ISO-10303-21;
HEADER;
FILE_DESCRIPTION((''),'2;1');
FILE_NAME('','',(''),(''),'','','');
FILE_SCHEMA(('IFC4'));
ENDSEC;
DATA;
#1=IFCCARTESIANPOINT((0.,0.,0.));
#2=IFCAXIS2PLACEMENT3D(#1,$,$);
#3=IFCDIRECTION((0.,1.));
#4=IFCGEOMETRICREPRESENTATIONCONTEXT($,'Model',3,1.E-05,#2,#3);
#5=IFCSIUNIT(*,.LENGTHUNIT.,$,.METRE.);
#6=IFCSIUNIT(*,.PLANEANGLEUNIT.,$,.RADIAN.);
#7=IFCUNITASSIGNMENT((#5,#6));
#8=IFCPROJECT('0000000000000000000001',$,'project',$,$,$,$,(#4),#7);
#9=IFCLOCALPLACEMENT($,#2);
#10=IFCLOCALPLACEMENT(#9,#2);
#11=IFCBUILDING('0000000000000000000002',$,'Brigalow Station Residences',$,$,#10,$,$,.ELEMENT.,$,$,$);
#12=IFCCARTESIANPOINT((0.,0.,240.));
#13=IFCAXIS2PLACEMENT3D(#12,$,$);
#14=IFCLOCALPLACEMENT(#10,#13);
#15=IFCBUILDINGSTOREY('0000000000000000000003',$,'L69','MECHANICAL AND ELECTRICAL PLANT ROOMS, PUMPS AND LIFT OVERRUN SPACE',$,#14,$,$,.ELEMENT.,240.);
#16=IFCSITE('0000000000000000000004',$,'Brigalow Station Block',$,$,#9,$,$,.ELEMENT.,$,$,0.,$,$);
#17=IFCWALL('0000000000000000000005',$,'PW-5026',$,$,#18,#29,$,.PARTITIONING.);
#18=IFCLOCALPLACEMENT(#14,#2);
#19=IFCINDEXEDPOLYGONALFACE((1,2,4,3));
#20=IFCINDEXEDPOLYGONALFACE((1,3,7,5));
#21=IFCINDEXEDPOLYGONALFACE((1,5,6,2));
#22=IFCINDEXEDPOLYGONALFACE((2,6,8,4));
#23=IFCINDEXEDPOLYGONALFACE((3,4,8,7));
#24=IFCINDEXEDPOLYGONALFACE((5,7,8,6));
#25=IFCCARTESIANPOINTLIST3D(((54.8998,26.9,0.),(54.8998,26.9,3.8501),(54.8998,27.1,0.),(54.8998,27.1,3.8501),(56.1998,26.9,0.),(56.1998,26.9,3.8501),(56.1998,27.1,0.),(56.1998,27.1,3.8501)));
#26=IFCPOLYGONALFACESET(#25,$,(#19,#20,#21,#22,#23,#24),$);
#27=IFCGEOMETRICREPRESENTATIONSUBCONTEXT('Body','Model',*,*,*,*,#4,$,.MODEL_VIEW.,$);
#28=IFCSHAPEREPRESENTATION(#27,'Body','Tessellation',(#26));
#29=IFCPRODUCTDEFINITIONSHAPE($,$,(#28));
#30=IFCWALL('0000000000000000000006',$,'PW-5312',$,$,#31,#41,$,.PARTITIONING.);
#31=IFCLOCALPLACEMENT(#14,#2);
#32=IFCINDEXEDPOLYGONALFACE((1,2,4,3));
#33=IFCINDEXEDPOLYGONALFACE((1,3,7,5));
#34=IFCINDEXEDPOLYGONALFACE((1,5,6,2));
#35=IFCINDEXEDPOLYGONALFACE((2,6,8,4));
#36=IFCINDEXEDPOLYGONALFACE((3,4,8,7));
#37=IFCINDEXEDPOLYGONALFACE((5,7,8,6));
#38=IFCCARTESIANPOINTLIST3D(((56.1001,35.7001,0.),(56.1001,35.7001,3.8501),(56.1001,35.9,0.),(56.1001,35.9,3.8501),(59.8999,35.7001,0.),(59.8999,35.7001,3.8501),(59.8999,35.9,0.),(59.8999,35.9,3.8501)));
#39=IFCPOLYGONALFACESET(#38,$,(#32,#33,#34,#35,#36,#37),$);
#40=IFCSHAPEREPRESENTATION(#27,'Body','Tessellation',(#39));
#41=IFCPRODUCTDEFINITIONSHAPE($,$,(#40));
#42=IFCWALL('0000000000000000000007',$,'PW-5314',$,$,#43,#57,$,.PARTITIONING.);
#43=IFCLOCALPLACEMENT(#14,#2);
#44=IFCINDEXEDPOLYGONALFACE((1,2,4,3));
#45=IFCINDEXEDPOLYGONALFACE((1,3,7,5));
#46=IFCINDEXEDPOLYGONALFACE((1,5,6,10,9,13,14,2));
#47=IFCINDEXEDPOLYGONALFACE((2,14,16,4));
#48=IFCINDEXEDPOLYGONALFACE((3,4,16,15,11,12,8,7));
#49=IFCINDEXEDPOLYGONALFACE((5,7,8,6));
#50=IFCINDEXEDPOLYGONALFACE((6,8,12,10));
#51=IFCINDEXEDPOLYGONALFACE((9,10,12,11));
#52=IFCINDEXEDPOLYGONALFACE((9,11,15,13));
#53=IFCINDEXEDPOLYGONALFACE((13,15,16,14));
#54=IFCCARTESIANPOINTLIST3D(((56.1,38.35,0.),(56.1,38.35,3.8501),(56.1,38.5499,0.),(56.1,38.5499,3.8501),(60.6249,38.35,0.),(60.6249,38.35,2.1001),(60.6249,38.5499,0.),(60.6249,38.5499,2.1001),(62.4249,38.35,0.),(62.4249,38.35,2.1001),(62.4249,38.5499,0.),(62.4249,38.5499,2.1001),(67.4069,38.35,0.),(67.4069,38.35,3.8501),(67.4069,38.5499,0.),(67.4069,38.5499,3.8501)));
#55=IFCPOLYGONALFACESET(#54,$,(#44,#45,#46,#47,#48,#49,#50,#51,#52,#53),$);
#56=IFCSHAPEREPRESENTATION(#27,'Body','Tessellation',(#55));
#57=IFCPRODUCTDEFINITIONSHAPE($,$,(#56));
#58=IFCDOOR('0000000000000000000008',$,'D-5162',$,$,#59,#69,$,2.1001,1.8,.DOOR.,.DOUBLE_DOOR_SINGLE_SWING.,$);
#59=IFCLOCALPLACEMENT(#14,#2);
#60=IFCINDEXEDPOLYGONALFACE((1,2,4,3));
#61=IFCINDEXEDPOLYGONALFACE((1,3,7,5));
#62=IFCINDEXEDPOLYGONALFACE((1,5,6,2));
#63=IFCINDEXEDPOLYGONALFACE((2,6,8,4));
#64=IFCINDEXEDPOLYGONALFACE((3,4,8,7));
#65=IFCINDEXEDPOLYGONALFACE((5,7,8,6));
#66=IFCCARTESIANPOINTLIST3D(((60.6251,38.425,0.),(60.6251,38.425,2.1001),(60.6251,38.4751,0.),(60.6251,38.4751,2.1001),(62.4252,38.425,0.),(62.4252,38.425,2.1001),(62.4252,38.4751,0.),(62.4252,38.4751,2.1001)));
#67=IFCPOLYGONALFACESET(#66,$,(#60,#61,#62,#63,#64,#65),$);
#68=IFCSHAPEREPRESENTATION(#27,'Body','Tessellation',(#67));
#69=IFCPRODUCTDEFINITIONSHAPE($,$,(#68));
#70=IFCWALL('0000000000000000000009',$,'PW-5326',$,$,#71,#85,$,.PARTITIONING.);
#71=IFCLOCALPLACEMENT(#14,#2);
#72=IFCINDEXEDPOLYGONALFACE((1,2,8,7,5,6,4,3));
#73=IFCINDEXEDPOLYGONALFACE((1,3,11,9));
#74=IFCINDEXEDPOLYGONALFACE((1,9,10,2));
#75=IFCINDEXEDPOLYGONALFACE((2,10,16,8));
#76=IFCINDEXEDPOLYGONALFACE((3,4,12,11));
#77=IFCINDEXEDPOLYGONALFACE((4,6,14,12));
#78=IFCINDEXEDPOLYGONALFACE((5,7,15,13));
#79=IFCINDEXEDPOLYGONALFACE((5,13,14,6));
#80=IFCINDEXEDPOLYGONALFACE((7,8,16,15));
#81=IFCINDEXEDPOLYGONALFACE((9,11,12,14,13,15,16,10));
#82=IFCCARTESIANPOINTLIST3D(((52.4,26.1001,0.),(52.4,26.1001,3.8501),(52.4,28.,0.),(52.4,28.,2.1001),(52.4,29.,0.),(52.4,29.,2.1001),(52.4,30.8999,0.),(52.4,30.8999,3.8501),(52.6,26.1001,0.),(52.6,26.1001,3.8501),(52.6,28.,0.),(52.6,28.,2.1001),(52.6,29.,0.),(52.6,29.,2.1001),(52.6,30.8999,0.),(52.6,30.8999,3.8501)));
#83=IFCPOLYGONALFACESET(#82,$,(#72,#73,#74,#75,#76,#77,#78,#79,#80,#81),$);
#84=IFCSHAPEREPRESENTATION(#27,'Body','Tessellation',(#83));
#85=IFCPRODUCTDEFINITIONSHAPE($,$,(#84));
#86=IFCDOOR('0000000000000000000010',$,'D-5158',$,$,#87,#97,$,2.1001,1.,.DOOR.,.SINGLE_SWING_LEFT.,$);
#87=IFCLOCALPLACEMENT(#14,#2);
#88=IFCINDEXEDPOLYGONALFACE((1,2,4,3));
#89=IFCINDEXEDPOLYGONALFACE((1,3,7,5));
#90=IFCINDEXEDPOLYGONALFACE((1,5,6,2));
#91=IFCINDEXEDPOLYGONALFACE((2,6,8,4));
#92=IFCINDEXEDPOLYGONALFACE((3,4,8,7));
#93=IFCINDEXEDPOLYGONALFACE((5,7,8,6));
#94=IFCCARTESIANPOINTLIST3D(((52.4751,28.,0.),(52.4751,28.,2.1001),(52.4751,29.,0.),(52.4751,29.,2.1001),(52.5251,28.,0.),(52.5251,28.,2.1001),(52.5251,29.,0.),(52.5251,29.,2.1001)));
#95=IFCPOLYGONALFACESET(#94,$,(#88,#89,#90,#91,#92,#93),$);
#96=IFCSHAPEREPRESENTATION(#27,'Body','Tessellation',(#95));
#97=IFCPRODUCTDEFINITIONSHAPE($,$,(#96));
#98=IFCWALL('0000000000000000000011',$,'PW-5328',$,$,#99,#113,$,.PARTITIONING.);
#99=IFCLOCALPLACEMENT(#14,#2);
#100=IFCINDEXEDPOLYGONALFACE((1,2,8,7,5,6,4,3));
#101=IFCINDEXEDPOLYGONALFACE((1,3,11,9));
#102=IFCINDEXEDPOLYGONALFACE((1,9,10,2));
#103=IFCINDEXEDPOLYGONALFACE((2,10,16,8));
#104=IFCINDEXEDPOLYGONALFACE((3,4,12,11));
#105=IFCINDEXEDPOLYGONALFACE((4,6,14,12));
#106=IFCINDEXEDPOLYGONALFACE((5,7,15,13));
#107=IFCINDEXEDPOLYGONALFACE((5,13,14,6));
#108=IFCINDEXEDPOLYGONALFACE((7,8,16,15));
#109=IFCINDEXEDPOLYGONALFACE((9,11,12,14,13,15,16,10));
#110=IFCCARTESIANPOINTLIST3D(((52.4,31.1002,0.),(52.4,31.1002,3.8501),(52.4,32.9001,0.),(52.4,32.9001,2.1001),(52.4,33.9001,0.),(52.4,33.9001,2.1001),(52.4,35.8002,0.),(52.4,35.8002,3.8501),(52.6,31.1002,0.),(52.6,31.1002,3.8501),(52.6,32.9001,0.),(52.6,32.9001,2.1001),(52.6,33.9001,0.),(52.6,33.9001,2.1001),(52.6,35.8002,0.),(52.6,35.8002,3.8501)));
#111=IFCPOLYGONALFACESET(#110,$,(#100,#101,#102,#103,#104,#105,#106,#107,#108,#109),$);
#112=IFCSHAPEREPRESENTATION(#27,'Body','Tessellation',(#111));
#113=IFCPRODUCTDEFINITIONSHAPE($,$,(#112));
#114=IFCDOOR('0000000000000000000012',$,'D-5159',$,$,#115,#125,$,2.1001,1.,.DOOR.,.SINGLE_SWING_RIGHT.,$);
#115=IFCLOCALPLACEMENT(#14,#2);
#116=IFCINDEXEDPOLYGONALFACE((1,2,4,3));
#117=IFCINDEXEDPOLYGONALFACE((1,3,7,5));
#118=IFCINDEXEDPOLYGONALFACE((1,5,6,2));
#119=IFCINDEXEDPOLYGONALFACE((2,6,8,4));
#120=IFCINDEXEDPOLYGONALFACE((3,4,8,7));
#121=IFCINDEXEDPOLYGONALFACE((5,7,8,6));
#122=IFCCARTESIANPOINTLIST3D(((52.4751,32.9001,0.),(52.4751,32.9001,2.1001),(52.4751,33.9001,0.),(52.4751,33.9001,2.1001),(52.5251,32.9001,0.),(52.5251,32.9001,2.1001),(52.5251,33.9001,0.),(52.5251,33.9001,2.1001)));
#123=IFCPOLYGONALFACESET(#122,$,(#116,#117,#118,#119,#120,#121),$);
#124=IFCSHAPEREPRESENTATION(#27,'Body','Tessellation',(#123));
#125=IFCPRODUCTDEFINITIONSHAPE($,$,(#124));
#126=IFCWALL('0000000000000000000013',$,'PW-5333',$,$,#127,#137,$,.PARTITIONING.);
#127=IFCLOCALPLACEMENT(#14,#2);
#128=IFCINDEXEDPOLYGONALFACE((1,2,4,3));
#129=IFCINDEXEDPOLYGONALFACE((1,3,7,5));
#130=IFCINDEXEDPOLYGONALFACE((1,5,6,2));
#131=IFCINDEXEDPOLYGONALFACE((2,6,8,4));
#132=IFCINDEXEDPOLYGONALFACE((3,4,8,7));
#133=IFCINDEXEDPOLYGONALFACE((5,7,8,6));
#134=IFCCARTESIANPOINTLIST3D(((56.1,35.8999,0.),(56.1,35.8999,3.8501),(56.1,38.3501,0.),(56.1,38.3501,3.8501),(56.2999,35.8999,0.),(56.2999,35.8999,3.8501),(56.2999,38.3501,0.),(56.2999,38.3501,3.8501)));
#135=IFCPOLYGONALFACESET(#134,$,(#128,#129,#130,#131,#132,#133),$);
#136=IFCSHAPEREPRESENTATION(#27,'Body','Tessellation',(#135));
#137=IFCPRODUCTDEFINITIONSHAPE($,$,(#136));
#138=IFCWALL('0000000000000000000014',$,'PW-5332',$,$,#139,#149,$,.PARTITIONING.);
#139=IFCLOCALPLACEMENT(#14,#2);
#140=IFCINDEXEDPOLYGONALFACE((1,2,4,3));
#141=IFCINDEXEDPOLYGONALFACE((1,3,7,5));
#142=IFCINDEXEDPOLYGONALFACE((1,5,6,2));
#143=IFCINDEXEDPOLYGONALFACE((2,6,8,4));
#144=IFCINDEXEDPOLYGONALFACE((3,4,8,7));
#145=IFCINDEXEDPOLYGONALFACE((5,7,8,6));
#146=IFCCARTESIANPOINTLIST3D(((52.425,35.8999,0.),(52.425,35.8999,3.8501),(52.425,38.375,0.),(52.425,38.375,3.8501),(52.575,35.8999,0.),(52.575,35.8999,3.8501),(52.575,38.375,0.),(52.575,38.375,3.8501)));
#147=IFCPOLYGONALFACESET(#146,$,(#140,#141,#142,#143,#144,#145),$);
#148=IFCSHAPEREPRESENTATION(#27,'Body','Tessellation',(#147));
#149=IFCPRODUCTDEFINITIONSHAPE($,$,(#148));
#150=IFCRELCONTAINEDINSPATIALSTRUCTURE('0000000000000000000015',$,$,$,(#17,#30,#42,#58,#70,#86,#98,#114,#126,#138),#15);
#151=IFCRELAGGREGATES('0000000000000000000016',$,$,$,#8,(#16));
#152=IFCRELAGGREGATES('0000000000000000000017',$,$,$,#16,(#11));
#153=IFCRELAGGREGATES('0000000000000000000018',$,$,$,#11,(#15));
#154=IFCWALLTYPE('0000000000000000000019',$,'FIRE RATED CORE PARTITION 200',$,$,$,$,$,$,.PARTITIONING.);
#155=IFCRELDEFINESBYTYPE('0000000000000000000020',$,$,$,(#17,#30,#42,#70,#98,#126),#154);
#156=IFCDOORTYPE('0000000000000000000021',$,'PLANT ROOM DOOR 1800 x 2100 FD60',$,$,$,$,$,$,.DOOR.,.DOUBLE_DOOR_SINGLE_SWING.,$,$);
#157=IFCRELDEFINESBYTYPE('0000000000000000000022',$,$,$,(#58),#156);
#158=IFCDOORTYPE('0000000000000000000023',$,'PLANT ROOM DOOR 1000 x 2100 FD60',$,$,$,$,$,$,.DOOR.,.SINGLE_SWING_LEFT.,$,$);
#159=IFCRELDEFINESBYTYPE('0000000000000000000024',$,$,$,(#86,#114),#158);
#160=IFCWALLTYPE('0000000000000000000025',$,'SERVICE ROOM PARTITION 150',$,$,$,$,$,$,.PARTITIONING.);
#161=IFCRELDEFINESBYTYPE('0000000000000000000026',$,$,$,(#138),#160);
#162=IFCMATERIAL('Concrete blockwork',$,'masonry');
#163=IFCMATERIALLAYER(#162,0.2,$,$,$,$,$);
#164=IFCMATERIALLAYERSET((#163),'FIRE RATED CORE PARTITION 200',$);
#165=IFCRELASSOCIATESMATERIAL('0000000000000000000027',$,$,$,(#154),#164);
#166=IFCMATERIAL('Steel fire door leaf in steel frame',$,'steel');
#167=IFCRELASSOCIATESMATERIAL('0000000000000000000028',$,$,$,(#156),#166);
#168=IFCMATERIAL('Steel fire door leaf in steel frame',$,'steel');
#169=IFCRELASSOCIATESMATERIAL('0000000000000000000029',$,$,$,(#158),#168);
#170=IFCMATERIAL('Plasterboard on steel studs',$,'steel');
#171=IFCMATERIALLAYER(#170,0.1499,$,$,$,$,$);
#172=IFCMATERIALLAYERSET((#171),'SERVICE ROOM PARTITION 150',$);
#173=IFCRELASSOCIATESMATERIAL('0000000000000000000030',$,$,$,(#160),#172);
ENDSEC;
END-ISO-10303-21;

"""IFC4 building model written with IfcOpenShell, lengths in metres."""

from ifc_helpers import new_model, si_unit, direction, frame, frame_2d, origin, place, context, subcontext, project, spatial, rectangle, extrude, material, layer, layer_set, type_object, element, fill, save


model = new_model("IFC4")

# Units and contexts
model_context = context("Model", 3, precision=1e-05, world=origin(), true_north=direction((0.0, 1.0)))
body_context = subcontext(model_context, "Body", "Model", "MODEL_VIEW")
ifc_project = project(units=[si_unit("LENGTHUNIT", "METRE"), si_unit("PLANEANGLEUNIT", "RADIAN")], contexts=[model_context])

# Site, building, storey
site_placement = place(None, origin())
site = spatial("IfcSite", under=ifc_project, at=site_placement, Name="Brigalow Station Block", CompositionType="ELEMENT", RefElevation=0.0)
building_placement = place(site_placement, origin())
building = spatial("IfcBuilding", under=site, at=building_placement, Name="Brigalow Station Residences", CompositionType="ELEMENT")
storey_placement = place(building_placement, frame((0.0, 0.0, 240.0)))
storey = spatial("IfcBuildingStorey", under=building, at=storey_placement, Name="L69", Description="MECHANICAL AND ELECTRICAL PLANT ROOMS, PUMPS AND LIFT OVERRUN SPACE", CompositionType="ELEMENT", Elevation=240.0)

# Walls
ifc_material_1 = material(Name="Concrete blockwork", Category="masonry")
ifc_layer_1 = layer(ifc_material_1, 0.2)
ifc_layer_set_1 = layer_set([ifc_layer_1], Name="FIRE RATED CORE PARTITION 200")
wall_type_1 = type_object("IfcWallType", Name="FIRE RATED CORE PARTITION 200", PredefinedType="PARTITIONING", material=ifc_layer_set_1)
wall_1_placement = place(storey_placement, frame((54.8999, 27.0, 0.0), z_axis=(0.0, 0.0, 1.0), x_axis=(1.0, 0.0, 0.0)))
element("IfcWall", 1, at=wall_1_placement, inside=storey, type_object=wall_type_1, Name="PW-5026", PredefinedType="PARTITIONING", context=body_context, shape_type="SweptSolid", body=[
    extrude(rectangle(XDim=1.3, YDim=0.2, at=frame_2d((0.6499, 0.0))), origin(), (0.0, 0.0, 1.0), 3.8501),
])
wall_2_placement = place(storey_placement, frame((56.1001, 35.8, 0.0), z_axis=(0.0, 0.0, 1.0), x_axis=(1.0, 0.0, 0.0)))
element("IfcWall", 2, at=wall_2_placement, inside=storey, type_object=wall_type_1, Name="PW-5312", PredefinedType="PARTITIONING", context=body_context, shape_type="SweptSolid", body=[
    extrude(rectangle(XDim=3.7998, YDim=0.2, at=frame_2d((1.8999, 0.0))), origin(), (0.0, 0.0, 1.0), 3.8501),
])

# Walls, openings, doors
wall_3_placement = place(storey_placement, frame((56.1001, 38.45, 0.0), z_axis=(0.0, 0.0, 1.0), x_axis=(1.0, 0.0, 0.0)))
wall_3 = element("IfcWall", 3, at=wall_3_placement, inside=storey, type_object=wall_type_1, Name="PW-5314", PredefinedType="PARTITIONING", context=body_context, shape_type="SweptSolid", body=[
    extrude(rectangle(XDim=11.3069, YDim=0.2, at=frame_2d((5.6533, 0.0))), origin(), (0.0, 0.0, 1.0), 3.8501),
])
opening_1_placement = place(wall_3_placement, frame((4.5249, 0.0, 0.0)))
opening_1 = element("IfcOpeningElement", 4, at=opening_1_placement, cuts=wall_3, PredefinedType="OPENING", context=body_context, shape_type="SweptSolid", body=[
    extrude(rectangle(XDim=1.8, YDim=2.1001, at=frame_2d((0.8999, 1.05))), frame((0.0, 0.1099, 0.0), z_axis=(0.0, -1.0, 0.0), x_axis=(1.0, 0.0, 0.0)), (0.0, 0.0, 1.0), 0.22),
])
ifc_material_2 = material(Name="Steel fire door leaf in steel frame", Category="steel")
door_type_1 = type_object("IfcDoorType", Name="PLANT ROOM DOOR 1800 x 2100 FD60", OperationType="DOUBLE_DOOR_SINGLE_SWING", PredefinedType="DOOR", material=ifc_material_2)
door_1_placement = place(opening_1_placement, frame((1.8, 0.0, 0.0), z_axis=(0.0, 0.0, 1.0), x_axis=(-1.0, 0.0, 0.0)))
door_1 = element("IfcDoor", 5, at=door_1_placement, inside=storey, type_object=door_type_1, Name="D-5162", OperationType="DOUBLE_DOOR_SINGLE_SWING", OverallHeight=2.1001, OverallWidth=1.8, PredefinedType="DOOR", context=body_context, shape_type="SweptSolid", body=[
    extrude(rectangle(XDim=1.8, YDim=2.1001, at=frame_2d((0.8999, 1.05))), frame((0.0, 0.0249, 0.0), z_axis=(0.0, -1.0, 0.0), x_axis=(1.0, 0.0, 0.0)), (0.0, 0.0, 1.0), 0.05),
])
fill(opening_1, door_1)
wall_4_placement = place(storey_placement, frame((52.5, 26.1001, 0.0), z_axis=(0.0, 0.0, 1.0), x_axis=(0.0, 1.0, 0.0)))
wall_4 = element("IfcWall", 6, at=wall_4_placement, inside=storey, type_object=wall_type_1, Name="PW-5326", PredefinedType="PARTITIONING", context=body_context, shape_type="SweptSolid", body=[
    extrude(rectangle(XDim=4.7998, YDim=0.2, at=frame_2d((2.3999, 0.0))), origin(), (0.0, 0.0, 1.0), 3.8501),
])
opening_2_placement = place(wall_4_placement, frame((1.8999, 0.0, 0.0)))
opening_2 = element("IfcOpeningElement", 7, at=opening_2_placement, cuts=wall_4, PredefinedType="OPENING", context=body_context, shape_type="SweptSolid", body=[
    extrude(rectangle(XDim=1.0, YDim=2.1001, at=frame_2d((0.5, 1.05))), frame((0.0, 0.1099, 0.0), z_axis=(0.0, -1.0, 0.0), x_axis=(1.0, 0.0, 0.0)), (0.0, 0.0, 1.0), 0.22),
])
ifc_material_3 = material(Name="Steel fire door leaf in steel frame", Category="steel")
door_type_2 = type_object("IfcDoorType", Name="PLANT ROOM DOOR 1000 x 2100 FD60", OperationType="SINGLE_SWING_LEFT", PredefinedType="DOOR", material=ifc_material_3)
door_2_placement = place(opening_2_placement, origin())
door_2 = element("IfcDoor", 8, at=door_2_placement, inside=storey, type_object=door_type_2, Name="D-5158", OperationType="SINGLE_SWING_LEFT", OverallHeight=2.1001, OverallWidth=1.0, PredefinedType="DOOR", context=body_context, shape_type="SweptSolid", body=[
    extrude(rectangle(XDim=1.0, YDim=2.1001, at=frame_2d((0.5, 1.05))), frame((0.0, 0.0249, 0.0), z_axis=(0.0, -1.0, 0.0), x_axis=(1.0, 0.0, 0.0)), (0.0, 0.0, 1.0), 0.05),
])
fill(opening_2, door_2)
wall_5_placement = place(storey_placement, frame((52.5, 31.1001, 0.0), z_axis=(0.0, 0.0, 1.0), x_axis=(0.0, 1.0, 0.0)))
wall_5 = element("IfcWall", 9, at=wall_5_placement, inside=storey, type_object=wall_type_1, Name="PW-5328", PredefinedType="PARTITIONING", context=body_context, shape_type="SweptSolid", body=[
    extrude(rectangle(XDim=4.7, YDim=0.2, at=frame_2d((2.3501, 0.0))), origin(), (0.0, 0.0, 1.0), 3.8501),
])
opening_3_placement = place(wall_5_placement, frame((1.8, 0.0, 0.0)))
opening_3 = element("IfcOpeningElement", 10, at=opening_3_placement, cuts=wall_5, PredefinedType="OPENING", context=body_context, shape_type="SweptSolid", body=[
    extrude(rectangle(XDim=1.0, YDim=2.1001, at=frame_2d((0.5, 1.05))), frame((0.0, 0.1099, 0.0), z_axis=(0.0, -1.0, 0.0), x_axis=(1.0, 0.0, 0.0)), (0.0, 0.0, 1.0), 0.22),
])
door_3_placement = place(opening_3_placement, origin())
door_3 = element("IfcDoor", 11, at=door_3_placement, inside=storey, type_object=door_type_2, Name="D-5159", OperationType="SINGLE_SWING_RIGHT", OverallHeight=2.1001, OverallWidth=1.0, PredefinedType="DOOR", context=body_context, shape_type="SweptSolid", body=[
    extrude(rectangle(XDim=1.0, YDim=2.1001, at=frame_2d((0.5, 1.05))), frame((0.0, 0.0249, 0.0), z_axis=(0.0, -1.0, 0.0), x_axis=(1.0, 0.0, 0.0)), (0.0, 0.0, 1.0), 0.05),
])
fill(opening_3, door_3)

# Walls
wall_6_placement = place(storey_placement, frame((56.2, 35.8999, 0.0), z_axis=(0.0, 0.0, 1.0), x_axis=(0.0, 1.0, 0.0)))
element("IfcWall", 12, at=wall_6_placement, inside=storey, type_object=wall_type_1, Name="PW-5333", PredefinedType="PARTITIONING", context=body_context, shape_type="SweptSolid", body=[
    extrude(rectangle(XDim=2.4502, YDim=0.2, at=frame_2d((1.2251, 0.0))), origin(), (0.0, 0.0, 1.0), 3.8501),
])
ifc_material_4 = material(Name="Plasterboard on steel studs", Category="steel")
ifc_layer_2 = layer(ifc_material_4, 0.1499)
ifc_layer_set_2 = layer_set([ifc_layer_2], Name="SERVICE ROOM PARTITION 150")
wall_type_2 = type_object("IfcWallType", Name="SERVICE ROOM PARTITION 150", PredefinedType="PARTITIONING", material=ifc_layer_set_2)
wall_7_placement = place(storey_placement, frame((52.5, 35.8999, 0.0), z_axis=(0.0, 0.0, 1.0), x_axis=(0.0, 1.0, 0.0)))
element("IfcWall", 13, at=wall_7_placement, inside=storey, type_object=wall_type_2, Name="PW-5332", PredefinedType="PARTITIONING", context=body_context, shape_type="SweptSolid", body=[
    extrude(rectangle(XDim=2.4751, YDim=0.1499, at=frame_2d((1.2375, 0.0))), origin(), (0.0, 0.0, 1.0), 3.8501),
])

save(model, "model.ifc")
